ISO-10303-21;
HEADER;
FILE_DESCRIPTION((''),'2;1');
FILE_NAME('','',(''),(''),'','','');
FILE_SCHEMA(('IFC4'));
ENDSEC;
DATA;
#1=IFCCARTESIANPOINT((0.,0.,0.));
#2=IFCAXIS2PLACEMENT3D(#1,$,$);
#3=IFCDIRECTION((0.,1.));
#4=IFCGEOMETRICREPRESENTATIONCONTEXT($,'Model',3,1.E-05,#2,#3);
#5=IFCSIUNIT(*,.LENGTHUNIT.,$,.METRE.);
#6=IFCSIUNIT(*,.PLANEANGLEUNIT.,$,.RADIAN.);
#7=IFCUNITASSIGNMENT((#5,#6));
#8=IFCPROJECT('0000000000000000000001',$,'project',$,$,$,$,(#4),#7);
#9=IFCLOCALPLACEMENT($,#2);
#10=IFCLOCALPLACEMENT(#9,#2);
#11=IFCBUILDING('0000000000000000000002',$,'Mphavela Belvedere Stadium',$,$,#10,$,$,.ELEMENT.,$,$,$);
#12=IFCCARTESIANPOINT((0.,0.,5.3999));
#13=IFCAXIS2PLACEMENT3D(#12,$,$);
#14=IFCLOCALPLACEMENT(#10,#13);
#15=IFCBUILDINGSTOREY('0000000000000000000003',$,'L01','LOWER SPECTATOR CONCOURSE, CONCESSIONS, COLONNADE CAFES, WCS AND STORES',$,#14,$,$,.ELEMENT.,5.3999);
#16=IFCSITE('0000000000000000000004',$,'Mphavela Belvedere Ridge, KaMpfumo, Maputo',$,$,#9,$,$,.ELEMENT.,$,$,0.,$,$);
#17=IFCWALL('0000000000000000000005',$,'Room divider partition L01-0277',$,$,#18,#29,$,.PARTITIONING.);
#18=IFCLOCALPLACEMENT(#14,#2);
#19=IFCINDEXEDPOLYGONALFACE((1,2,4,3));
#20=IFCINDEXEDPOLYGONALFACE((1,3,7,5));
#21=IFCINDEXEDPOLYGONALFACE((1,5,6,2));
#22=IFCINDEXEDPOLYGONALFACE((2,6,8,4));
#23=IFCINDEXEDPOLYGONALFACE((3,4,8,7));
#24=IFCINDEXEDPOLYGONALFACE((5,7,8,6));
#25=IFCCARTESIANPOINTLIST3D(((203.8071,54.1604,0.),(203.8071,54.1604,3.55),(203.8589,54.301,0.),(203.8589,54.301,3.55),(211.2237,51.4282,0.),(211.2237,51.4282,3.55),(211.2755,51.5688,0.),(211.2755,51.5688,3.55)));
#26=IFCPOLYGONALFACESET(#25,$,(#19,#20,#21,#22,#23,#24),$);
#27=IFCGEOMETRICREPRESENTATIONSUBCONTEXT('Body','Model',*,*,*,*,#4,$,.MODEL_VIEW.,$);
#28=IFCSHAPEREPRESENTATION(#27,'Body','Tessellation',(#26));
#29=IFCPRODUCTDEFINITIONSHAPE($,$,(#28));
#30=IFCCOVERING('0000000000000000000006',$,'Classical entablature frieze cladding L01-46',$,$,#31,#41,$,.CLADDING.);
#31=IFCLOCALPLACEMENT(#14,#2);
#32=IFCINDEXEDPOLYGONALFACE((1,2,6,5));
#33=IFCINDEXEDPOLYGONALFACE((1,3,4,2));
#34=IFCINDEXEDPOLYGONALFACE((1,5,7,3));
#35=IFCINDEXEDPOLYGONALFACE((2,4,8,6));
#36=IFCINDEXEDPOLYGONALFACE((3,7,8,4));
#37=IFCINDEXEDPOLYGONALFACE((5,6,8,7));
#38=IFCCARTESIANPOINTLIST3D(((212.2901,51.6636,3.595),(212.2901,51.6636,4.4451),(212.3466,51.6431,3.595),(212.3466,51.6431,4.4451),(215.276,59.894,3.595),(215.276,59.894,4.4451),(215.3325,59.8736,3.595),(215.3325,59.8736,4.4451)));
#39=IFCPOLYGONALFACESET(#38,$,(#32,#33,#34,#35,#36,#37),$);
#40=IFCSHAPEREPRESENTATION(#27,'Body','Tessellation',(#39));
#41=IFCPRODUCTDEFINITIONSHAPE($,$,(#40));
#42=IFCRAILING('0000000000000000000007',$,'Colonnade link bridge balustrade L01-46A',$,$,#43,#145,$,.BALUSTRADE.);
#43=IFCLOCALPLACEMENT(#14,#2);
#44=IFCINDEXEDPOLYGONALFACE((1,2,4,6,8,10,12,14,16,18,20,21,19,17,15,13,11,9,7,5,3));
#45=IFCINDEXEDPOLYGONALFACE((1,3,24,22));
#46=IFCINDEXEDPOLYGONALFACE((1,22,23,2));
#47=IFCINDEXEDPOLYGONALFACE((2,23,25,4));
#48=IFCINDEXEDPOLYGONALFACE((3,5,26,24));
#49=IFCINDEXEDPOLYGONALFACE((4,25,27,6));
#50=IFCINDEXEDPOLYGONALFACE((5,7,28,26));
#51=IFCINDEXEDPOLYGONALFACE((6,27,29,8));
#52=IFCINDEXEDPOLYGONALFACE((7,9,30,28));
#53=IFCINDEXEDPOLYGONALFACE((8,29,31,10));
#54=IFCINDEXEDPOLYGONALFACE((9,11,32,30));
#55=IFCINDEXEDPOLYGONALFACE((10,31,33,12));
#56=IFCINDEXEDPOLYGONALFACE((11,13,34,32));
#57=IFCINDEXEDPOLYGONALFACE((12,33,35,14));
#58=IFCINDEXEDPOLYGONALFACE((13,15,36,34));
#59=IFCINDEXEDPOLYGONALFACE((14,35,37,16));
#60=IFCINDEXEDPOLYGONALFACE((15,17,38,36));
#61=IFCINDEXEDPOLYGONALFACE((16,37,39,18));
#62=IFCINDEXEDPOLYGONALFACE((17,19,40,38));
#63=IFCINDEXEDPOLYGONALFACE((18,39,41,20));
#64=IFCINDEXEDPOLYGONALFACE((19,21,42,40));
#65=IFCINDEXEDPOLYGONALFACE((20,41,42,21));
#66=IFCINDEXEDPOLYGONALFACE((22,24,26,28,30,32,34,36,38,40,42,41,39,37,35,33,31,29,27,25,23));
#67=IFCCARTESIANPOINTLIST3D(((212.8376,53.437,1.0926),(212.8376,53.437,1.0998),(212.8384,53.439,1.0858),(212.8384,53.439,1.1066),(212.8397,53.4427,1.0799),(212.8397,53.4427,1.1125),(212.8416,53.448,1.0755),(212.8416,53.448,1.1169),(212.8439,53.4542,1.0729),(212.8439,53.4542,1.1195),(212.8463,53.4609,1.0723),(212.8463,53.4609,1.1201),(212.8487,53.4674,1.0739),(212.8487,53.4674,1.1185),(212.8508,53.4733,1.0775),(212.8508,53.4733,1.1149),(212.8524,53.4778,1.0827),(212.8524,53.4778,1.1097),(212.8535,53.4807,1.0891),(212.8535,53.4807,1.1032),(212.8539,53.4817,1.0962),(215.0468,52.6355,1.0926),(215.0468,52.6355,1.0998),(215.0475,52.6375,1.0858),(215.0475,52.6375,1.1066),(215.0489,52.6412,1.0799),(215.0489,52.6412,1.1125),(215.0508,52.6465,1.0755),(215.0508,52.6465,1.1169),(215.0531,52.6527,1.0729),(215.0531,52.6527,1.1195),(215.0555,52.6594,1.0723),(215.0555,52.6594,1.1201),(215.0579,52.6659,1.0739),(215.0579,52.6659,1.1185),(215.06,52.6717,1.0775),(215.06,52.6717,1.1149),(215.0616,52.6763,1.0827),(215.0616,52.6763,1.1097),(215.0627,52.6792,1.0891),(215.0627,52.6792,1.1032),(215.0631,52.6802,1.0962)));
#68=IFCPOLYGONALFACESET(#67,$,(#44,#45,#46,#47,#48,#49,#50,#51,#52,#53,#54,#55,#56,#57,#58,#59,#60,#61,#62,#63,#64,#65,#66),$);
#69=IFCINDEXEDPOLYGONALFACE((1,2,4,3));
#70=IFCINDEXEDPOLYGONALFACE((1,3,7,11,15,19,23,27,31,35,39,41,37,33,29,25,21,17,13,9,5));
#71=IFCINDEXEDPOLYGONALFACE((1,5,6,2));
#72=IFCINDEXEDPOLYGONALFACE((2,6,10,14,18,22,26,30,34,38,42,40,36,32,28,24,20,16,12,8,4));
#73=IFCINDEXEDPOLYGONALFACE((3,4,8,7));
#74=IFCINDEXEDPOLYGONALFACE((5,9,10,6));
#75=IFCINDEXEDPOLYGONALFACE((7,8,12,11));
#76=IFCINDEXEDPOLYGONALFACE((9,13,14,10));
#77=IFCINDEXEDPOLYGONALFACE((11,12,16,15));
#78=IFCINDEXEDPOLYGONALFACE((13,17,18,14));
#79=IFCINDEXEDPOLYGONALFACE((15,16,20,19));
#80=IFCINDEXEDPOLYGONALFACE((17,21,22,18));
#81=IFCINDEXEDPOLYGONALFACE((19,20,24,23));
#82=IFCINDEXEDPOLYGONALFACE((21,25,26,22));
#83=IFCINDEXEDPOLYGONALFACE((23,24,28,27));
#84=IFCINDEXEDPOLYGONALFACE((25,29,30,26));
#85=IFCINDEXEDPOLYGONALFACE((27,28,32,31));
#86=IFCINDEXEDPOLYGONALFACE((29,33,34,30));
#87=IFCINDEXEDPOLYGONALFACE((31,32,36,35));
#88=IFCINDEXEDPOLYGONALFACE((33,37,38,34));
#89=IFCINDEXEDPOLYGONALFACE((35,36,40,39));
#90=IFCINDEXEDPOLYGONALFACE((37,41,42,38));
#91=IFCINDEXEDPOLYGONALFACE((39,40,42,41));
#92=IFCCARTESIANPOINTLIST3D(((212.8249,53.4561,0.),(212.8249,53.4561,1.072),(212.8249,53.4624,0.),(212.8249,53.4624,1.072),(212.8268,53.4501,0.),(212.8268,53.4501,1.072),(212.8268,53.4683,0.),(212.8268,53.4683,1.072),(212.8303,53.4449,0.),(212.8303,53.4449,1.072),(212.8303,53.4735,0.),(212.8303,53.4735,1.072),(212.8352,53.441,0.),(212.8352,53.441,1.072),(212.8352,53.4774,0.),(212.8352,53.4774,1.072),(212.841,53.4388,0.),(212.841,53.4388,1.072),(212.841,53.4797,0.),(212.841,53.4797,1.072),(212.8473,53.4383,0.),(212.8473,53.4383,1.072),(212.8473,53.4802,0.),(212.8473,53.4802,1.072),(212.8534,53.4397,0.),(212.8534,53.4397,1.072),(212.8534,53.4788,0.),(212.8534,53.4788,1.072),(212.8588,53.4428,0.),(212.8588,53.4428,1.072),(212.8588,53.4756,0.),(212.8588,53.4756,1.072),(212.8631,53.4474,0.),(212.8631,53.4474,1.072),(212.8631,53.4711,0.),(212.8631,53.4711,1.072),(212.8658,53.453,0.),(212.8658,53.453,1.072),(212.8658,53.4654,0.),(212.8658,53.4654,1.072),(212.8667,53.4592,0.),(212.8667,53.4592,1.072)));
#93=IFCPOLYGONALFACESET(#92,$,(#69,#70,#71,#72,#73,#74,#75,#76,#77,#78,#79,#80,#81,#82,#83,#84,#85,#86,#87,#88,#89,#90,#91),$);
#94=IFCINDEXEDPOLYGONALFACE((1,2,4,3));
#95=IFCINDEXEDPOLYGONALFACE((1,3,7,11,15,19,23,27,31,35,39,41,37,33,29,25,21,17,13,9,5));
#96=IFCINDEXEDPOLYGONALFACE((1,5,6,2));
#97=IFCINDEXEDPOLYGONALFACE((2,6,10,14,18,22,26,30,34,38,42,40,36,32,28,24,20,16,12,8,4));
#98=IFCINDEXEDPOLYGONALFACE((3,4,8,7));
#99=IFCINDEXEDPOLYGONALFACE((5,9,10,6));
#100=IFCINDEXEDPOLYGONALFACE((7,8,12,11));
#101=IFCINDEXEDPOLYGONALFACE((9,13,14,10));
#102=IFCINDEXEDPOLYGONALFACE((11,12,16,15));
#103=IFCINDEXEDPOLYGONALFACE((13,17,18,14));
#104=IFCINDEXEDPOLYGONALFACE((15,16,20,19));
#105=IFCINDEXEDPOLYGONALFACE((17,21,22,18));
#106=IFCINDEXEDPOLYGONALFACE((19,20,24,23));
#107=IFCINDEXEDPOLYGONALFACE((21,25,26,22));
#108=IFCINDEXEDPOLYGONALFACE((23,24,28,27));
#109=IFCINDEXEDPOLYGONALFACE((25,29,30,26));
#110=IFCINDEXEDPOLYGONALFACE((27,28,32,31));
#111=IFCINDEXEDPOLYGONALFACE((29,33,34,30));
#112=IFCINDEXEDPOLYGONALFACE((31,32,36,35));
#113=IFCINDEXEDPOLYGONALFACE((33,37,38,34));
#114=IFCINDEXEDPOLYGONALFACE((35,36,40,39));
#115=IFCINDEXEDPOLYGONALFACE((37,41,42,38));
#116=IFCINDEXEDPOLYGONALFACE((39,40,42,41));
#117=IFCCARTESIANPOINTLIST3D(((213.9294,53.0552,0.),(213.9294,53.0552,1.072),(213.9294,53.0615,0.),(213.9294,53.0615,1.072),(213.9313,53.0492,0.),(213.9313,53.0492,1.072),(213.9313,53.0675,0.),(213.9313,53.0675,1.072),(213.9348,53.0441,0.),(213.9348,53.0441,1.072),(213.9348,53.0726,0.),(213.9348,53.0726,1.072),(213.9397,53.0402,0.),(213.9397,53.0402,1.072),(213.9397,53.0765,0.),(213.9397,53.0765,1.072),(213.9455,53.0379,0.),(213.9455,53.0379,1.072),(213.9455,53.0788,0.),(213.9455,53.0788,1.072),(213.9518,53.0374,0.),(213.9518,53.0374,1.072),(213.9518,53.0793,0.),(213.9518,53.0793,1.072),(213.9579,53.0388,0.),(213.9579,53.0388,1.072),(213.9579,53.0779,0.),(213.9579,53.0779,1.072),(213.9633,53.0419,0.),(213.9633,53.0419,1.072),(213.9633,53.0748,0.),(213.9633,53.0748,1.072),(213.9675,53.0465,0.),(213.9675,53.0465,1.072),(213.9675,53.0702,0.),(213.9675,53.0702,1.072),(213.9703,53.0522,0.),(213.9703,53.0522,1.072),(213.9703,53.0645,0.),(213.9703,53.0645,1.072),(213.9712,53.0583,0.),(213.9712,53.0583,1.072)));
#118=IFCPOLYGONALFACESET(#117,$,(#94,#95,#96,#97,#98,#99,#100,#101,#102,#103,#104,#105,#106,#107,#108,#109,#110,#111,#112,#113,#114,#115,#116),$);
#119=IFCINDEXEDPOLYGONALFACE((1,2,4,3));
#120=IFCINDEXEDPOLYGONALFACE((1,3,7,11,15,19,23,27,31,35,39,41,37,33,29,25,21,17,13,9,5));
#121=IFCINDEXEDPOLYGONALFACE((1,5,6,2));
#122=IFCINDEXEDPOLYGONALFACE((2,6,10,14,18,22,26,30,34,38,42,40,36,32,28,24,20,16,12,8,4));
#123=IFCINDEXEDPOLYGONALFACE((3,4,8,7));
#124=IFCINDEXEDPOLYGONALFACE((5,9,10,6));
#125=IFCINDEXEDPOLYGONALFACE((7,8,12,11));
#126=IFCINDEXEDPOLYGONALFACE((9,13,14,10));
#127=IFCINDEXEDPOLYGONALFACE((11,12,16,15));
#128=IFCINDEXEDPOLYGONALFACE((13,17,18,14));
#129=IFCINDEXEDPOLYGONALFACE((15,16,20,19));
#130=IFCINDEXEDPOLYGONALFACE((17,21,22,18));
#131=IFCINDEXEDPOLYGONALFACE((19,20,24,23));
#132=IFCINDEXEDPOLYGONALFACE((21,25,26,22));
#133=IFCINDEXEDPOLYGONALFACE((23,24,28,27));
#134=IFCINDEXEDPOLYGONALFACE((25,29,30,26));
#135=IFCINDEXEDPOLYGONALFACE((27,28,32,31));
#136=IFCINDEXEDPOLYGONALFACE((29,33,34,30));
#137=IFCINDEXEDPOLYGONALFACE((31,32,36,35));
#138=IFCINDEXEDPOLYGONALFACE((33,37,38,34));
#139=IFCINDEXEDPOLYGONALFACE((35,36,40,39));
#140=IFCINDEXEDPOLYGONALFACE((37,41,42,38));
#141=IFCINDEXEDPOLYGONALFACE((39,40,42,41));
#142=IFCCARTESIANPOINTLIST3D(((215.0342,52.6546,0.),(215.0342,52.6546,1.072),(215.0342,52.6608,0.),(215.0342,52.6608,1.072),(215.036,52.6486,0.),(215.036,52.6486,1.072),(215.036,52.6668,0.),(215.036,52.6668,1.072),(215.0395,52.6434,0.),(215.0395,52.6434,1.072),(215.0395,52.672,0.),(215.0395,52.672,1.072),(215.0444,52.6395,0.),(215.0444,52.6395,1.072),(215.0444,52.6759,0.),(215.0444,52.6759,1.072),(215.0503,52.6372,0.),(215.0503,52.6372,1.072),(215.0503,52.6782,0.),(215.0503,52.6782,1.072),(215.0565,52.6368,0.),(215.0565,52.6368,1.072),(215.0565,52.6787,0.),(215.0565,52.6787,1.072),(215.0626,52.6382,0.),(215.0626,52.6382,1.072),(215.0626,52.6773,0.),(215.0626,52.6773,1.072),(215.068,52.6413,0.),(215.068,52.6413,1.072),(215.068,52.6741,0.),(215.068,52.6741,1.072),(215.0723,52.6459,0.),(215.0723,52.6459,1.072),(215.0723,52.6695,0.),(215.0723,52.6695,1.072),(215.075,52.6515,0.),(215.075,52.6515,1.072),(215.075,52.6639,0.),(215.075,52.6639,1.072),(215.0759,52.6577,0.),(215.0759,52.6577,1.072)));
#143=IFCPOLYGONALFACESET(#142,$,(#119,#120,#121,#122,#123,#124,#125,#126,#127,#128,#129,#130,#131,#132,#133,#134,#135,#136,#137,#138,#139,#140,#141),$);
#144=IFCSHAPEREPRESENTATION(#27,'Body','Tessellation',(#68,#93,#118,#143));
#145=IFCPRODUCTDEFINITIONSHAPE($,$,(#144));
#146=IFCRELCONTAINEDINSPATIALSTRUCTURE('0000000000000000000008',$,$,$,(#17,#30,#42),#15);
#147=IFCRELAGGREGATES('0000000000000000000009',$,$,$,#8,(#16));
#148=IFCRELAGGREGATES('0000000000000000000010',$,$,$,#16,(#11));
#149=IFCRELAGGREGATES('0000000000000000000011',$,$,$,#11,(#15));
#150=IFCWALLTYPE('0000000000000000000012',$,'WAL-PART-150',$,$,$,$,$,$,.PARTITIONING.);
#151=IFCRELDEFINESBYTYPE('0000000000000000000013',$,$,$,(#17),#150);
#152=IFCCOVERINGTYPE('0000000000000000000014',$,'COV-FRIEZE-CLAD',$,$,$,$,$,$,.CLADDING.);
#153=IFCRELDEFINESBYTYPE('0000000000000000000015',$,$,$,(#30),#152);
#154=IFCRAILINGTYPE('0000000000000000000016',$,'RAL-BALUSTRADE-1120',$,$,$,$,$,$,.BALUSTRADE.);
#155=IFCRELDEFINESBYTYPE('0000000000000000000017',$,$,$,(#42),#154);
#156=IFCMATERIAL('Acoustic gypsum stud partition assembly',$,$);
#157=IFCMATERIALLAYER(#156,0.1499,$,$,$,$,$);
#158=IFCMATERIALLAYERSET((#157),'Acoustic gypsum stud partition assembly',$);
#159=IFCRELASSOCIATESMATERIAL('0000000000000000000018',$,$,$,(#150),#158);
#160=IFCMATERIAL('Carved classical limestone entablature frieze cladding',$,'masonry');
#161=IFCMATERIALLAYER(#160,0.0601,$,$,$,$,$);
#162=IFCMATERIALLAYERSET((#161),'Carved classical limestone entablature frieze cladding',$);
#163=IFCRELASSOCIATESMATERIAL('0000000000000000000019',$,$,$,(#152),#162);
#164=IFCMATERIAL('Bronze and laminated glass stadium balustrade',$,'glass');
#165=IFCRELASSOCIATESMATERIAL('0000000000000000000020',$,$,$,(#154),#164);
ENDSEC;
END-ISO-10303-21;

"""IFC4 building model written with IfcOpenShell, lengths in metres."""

from ifc_helpers import new_model, si_unit, direction, frame, frame_2d, origin, origin_2d, place, context, subcontext, project, spatial, rectangle, circle, extrude, material, layer, layer_set, type_object, element, save


model = new_model("IFC4")

# Units and contexts
model_context = context("Model", 3, precision=1e-05, world=origin(), true_north=direction((0.0, 1.0)))
body_context = subcontext(model_context, "Body", "Model", "MODEL_VIEW")
ifc_project = project(units=[si_unit("LENGTHUNIT", "METRE"), si_unit("PLANEANGLEUNIT", "RADIAN")], contexts=[model_context])

# Site, building, storey
site_placement = place(None, origin())
site = spatial("IfcSite", under=ifc_project, at=site_placement, Name="Mphavela Belvedere Ridge, KaMpfumo, Maputo", CompositionType="ELEMENT", RefElevation=0.0)
building_placement = place(site_placement, origin())
building = spatial("IfcBuilding", under=site, at=building_placement, Name="Mphavela Belvedere Stadium", CompositionType="ELEMENT")
storey_placement = place(building_placement, frame((0.0, 0.0, 5.3999)))
storey = spatial("IfcBuildingStorey", under=building, at=storey_placement, Name="L01", Description="LOWER SPECTATOR CONCOURSE, CONCESSIONS, COLONNADE CAFES, WCS AND STORES", CompositionType="ELEMENT", Elevation=5.3999)

# Wall
ifc_material_1 = material(Name="Acoustic gypsum stud partition assembly")
ifc_layer_1 = layer(ifc_material_1, 0.1499)
ifc_layer_set_1 = layer_set([ifc_layer_1], Name="Acoustic gypsum stud partition assembly")
wall_type_1 = type_object("IfcWallType", Name="WAL-PART-150", PredefinedType="PARTITIONING", material=ifc_layer_set_1)
wall_1_placement = place(storey_placement, frame((203.833, 54.2307, 0.0), z_axis=(0.0, 0.0, 1.0), x_axis=(0.938352, -0.345681, 0.0)))
element("IfcWall", 1, at=wall_1_placement, inside=storey, type_object=wall_type_1, Name="Room divider partition L01-0277", PredefinedType="PARTITIONING", context=body_context, shape_type="SweptSolid", body=[
    extrude(rectangle(XDim=7.9038, YDim=0.1499, at=frame_2d((3.9519, 0.0))), origin(), (0.0, 0.0, 1.0), 3.55),
])

# Covering
ifc_material_2 = material(Name="Carved classical limestone entablature frieze cladding", Category="masonry")
ifc_layer_2 = layer(ifc_material_2, 0.0601)
ifc_layer_set_2 = layer_set([ifc_layer_2], Name="Carved classical limestone entablature frieze cladding")
covering_type = type_object("IfcCoveringType", Name="COV-FRIEZE-CLAD", PredefinedType="CLADDING", material=ifc_layer_set_2)
covering_placement = place(storey_placement, frame((213.8113, 55.7686, 3.595), z_axis=(0.0, 0.0, 1.0), x_axis=(0.341036, 0.94005, 0.0)))
element("IfcCovering", 2, at=covering_placement, inside=storey, type_object=covering_type, Name="Classical entablature frieze cladding L01-46", PredefinedType="CLADDING", context=body_context, shape_type="SweptSolid", body=[
    extrude(rectangle(XDim=8.7554, YDim=0.0601, at=origin_2d()), origin(), (0.0, 0.0, 1.0), 0.8501),
])

# Railing
ifc_material_3 = material(Name="Bronze and laminated glass stadium balustrade", Category="glass")
railing_type = type_object("IfcRailingType", Name="RAL-BALUSTRADE-1120", PredefinedType="BALUSTRADE", material=ifc_material_3)
railing_1_placement = place(storey_placement, frame((212.8457, 53.4592, 0.0)))
element("IfcRailing", 3, at=railing_1_placement, inside=storey, type_object=railing_type, Name="Colonnade link bridge balustrade L01-46A", PredefinedType="BALUSTRADE", context=body_context, shape_type="SweptSolid", body=[
    extrude(circle(Radius=0.0239, at=origin_2d()), frame((0.0, 0.0, 1.0962), z_axis=(0.940045, -0.341051, 0.0), x_axis=(0.341051, 0.940045, 0.0)), (0.0, 0.0, 1.0), 2.3501),
    extrude(circle(Radius=0.021, at=origin_2d()), origin(), (0.0, 0.0, 1.0), 1.072),
    extrude(circle(Radius=0.021, at=origin_2d()), frame((1.1045, -0.4009, 0.0)), (0.0, 0.0, 1.0), 1.072),
    extrude(circle(Radius=0.021, at=origin_2d()), frame((2.2092, -0.8015, 0.0)), (0.0, 0.0, 1.0), 1.072),
])

save(model, "model.ifc")
